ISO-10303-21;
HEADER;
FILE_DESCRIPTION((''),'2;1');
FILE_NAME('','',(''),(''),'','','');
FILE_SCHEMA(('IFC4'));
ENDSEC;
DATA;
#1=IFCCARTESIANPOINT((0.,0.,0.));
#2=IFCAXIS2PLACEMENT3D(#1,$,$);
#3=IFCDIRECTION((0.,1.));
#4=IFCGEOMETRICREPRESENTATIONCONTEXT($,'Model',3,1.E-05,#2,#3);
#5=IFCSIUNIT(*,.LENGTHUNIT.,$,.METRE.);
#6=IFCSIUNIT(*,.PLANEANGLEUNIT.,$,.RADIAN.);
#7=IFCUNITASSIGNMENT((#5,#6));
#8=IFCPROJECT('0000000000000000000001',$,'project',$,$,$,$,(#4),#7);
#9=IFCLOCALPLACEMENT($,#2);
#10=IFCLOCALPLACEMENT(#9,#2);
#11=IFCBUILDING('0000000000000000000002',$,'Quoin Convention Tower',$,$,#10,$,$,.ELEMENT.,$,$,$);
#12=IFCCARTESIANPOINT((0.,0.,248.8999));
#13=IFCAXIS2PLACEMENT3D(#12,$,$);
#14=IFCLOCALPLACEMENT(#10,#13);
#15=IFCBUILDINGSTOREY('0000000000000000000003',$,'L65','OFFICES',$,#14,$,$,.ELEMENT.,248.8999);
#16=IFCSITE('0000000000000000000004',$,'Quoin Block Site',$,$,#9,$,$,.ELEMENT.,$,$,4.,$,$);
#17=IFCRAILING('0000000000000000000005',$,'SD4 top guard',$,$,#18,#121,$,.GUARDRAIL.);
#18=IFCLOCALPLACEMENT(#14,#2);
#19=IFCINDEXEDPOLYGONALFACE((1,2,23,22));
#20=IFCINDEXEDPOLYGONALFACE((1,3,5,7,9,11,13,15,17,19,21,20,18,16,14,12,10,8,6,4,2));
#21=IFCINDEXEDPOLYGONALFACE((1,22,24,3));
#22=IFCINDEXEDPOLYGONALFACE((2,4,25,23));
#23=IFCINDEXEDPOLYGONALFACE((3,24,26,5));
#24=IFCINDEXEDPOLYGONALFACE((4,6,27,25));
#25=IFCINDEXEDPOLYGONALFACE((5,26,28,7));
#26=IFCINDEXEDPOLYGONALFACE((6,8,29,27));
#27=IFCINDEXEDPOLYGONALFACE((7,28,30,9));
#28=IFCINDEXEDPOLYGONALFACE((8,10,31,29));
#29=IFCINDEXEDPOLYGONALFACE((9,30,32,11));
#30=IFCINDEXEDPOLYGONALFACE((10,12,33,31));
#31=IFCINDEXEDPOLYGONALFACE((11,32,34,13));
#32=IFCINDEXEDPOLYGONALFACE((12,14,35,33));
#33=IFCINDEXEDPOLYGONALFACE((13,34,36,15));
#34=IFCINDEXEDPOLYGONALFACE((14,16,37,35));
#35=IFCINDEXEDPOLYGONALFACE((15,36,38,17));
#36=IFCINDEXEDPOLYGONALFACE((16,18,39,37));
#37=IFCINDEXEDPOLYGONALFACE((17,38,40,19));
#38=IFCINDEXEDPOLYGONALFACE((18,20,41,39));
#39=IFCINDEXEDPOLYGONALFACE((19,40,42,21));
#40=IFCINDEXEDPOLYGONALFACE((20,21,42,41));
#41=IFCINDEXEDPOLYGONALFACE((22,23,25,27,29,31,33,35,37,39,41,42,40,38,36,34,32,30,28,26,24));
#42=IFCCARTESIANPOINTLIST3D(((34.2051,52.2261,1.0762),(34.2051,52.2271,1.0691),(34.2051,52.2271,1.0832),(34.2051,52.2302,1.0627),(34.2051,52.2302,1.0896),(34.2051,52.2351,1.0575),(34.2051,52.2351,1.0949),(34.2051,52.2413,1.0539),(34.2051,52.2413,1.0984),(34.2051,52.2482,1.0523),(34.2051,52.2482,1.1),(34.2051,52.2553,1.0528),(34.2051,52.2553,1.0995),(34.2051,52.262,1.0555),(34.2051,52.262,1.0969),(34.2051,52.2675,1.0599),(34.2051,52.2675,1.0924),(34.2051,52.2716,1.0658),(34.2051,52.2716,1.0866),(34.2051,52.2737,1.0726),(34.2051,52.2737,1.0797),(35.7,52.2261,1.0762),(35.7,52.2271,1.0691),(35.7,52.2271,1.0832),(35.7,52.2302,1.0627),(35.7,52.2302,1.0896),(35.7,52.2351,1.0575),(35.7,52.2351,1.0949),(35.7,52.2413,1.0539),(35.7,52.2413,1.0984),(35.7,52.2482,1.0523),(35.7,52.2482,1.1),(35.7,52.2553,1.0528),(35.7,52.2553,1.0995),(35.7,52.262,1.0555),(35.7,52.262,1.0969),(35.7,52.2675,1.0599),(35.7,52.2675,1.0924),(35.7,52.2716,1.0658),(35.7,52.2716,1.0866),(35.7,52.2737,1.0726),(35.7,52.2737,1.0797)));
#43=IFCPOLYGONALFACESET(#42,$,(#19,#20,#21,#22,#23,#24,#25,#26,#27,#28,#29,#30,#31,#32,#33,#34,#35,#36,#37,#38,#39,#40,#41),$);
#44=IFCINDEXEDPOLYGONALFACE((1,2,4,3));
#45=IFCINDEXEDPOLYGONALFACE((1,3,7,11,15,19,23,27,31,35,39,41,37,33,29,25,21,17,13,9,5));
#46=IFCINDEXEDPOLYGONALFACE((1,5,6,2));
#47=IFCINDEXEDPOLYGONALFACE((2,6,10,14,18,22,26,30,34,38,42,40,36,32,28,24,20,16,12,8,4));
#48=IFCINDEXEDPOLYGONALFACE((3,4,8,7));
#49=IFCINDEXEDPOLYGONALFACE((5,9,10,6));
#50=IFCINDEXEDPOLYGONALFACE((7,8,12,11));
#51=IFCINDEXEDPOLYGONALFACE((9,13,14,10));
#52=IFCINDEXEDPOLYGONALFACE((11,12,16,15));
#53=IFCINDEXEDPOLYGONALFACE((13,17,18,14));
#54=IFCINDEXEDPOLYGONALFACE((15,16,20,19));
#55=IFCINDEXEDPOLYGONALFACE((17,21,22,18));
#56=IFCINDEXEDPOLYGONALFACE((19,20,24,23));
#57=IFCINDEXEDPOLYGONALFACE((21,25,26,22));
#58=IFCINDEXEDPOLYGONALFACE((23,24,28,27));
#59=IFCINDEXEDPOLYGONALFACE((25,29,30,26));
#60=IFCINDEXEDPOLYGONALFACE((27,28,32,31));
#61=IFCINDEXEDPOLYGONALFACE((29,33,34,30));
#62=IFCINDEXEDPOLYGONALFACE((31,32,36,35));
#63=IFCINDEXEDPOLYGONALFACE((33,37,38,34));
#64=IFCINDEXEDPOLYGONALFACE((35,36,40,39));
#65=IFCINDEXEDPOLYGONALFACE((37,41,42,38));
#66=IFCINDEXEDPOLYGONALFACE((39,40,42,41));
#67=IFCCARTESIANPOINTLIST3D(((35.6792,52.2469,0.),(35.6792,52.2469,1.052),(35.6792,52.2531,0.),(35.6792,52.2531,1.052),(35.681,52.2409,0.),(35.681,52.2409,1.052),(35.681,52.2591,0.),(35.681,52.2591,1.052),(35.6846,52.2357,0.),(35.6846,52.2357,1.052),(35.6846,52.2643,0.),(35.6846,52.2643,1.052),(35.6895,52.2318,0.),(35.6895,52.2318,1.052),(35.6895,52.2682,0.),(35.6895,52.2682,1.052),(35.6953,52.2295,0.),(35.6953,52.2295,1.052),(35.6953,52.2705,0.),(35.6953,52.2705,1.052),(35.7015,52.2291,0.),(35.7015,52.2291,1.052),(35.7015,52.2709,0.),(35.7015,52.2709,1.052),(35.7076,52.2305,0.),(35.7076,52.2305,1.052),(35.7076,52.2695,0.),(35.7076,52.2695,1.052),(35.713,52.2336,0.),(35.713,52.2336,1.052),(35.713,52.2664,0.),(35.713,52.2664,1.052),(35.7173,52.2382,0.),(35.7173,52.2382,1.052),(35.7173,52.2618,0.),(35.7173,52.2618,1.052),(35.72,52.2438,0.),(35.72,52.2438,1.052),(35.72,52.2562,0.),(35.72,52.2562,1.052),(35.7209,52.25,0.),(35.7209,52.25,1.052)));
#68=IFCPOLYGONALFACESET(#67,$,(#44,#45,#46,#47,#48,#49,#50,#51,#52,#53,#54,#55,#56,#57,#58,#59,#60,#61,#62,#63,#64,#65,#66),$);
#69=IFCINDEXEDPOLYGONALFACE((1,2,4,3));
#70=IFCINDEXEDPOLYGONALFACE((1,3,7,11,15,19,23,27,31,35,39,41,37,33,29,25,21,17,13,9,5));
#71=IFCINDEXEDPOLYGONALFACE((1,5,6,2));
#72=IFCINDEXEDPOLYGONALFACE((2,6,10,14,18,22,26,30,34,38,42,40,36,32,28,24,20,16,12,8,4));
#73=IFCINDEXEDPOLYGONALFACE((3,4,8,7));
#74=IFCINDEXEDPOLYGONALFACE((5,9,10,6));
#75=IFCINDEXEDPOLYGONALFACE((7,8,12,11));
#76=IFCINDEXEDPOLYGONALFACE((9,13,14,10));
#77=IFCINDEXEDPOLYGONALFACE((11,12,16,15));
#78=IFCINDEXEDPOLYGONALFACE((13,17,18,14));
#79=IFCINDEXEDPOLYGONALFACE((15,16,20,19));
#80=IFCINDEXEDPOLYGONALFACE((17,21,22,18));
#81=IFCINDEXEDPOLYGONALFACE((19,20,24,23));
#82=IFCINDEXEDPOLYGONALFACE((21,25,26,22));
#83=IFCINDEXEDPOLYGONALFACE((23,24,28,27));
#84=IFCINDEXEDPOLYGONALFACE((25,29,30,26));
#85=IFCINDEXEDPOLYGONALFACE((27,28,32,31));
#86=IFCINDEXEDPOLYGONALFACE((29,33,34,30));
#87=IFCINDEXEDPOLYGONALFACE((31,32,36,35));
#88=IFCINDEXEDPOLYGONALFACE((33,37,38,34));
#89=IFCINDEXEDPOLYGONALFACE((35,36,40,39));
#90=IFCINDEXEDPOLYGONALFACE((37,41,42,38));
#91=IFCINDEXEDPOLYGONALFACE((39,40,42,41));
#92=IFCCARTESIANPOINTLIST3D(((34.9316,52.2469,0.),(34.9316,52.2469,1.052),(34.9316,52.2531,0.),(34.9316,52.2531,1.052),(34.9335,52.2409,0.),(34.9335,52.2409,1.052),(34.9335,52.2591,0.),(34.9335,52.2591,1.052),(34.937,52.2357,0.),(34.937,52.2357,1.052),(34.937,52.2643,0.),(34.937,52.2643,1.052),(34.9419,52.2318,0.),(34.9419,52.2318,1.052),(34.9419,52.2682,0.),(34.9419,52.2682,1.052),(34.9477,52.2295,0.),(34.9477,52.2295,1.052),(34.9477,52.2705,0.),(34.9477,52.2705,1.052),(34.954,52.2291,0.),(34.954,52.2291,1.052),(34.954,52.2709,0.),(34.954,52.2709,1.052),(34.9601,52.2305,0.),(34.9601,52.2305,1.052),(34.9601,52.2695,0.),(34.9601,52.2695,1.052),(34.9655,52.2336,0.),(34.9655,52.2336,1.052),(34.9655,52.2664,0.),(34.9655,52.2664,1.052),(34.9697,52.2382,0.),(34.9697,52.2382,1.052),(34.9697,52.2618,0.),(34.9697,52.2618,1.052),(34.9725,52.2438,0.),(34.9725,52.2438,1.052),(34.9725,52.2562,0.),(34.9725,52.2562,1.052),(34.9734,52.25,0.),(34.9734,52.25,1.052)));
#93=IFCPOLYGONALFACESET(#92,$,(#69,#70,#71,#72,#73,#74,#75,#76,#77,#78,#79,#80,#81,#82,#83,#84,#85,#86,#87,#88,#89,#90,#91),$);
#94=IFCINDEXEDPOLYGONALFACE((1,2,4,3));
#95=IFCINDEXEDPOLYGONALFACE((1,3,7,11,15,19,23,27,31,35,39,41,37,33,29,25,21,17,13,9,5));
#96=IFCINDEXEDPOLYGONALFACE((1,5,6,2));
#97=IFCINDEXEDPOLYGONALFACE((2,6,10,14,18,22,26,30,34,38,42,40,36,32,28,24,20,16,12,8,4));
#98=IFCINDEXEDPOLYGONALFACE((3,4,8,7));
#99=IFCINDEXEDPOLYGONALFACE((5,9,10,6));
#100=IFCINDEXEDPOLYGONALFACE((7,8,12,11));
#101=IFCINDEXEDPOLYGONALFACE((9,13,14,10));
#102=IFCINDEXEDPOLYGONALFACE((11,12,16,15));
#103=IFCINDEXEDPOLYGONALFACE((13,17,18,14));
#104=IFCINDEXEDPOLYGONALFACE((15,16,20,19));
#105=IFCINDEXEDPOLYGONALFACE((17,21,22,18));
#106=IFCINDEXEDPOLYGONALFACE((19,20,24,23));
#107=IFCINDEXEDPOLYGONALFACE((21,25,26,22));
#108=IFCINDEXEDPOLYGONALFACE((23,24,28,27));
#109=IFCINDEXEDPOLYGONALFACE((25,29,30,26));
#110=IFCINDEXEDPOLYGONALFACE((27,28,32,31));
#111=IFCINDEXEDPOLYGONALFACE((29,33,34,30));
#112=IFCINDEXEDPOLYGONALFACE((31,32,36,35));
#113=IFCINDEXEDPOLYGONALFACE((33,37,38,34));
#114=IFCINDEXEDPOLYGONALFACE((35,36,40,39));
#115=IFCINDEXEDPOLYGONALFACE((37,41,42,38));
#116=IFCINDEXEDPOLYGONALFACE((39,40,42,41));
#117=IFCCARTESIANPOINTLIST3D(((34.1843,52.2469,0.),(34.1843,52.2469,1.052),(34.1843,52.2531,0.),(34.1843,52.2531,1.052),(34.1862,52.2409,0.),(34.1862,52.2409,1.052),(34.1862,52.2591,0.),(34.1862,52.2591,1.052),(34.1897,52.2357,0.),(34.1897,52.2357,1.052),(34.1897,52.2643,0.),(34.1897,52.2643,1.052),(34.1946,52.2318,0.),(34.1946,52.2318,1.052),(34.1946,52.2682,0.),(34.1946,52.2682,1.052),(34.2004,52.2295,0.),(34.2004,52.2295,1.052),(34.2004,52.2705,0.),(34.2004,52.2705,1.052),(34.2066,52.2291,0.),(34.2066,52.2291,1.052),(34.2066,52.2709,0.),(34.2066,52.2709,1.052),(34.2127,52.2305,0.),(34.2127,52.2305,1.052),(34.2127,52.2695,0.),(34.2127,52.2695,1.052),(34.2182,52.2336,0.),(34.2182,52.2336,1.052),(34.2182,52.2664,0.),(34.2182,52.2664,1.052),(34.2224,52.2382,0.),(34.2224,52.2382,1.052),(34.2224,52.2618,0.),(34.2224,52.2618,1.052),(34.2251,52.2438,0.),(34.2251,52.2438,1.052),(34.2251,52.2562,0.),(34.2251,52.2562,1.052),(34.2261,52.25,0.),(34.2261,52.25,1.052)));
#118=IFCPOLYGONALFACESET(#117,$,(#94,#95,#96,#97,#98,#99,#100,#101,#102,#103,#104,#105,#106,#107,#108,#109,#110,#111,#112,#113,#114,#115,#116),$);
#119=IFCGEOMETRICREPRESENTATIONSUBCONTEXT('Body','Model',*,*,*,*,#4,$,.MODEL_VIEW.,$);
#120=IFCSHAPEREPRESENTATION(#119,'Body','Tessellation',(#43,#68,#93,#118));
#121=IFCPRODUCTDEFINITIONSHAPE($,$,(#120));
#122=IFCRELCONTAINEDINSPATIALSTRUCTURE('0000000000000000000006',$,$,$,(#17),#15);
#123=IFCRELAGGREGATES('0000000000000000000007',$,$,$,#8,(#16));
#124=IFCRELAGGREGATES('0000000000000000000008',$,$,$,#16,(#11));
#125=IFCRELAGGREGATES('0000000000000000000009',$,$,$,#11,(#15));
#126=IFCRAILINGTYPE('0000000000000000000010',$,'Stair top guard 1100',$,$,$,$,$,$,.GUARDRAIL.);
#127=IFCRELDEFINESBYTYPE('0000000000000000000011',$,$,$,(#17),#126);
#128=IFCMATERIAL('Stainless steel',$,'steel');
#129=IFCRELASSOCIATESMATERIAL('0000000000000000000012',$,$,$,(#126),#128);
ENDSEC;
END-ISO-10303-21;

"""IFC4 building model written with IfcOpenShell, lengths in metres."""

from ifc_helpers import new_model, si_unit, direction, frame, origin, origin_2d, place, context, subcontext, project, spatial, circle, extrude, material, type_object, element, save


model = new_model("IFC4")

# Units and contexts
model_context = context("Model", 3, precision=1e-05, world=origin(), true_north=direction((0.0, 1.0)))
body_context = subcontext(model_context, "Body", "Model", "MODEL_VIEW")
ifc_project = project(units=[si_unit("LENGTHUNIT", "METRE"), si_unit("PLANEANGLEUNIT", "RADIAN")], contexts=[model_context])

# Site, building, storey
site_placement = place(None, origin())
site = spatial("IfcSite", under=ifc_project, at=site_placement, Name="Quoin Block Site", CompositionType="ELEMENT", RefElevation=4.0)
building_placement = place(site_placement, origin())
building = spatial("IfcBuilding", under=site, at=building_placement, Name="Quoin Convention Tower", CompositionType="ELEMENT")
storey_placement = place(building_placement, frame((0.0, 0.0, 248.8999)))
storey = spatial("IfcBuildingStorey", under=building, at=storey_placement, Name="L65", Description="OFFICES", CompositionType="ELEMENT", Elevation=248.8999)

# Railing
ifc_material_1 = material(Name="Stainless steel", Category="steel")
railing_type_1 = type_object("IfcRailingType", Name="Stair top guard 1100", PredefinedType="GUARDRAIL", material=ifc_material_1)
railing_1_placement = place(storey_placement, frame((35.7, 52.25, 0.0)))
element("IfcRailing", 1, at=railing_1_placement, inside=storey, type_object=railing_type_1, Name="SD4 top guard", PredefinedType="GUARDRAIL", context=body_context, shape_type="SweptSolid", body=[
    extrude(circle(Radius=0.0239, at=origin_2d()), frame((0.0, 0.0, 1.0762), z_axis=(-1.0, 0.0, 0.0), x_axis=(0.0, -1.0, 0.0)), (0.0, 0.0, 1.0), 1.4949),
    extrude(circle(Radius=0.021, at=origin_2d()), origin(), (0.0, 0.0, 1.0), 1.052),
    extrude(circle(Radius=0.021, at=origin_2d()), frame((-0.7476, 0.0, 0.0)), (0.0, 0.0, 1.0), 1.052),
    extrude(circle(Radius=0.021, at=origin_2d()), frame((-1.4949, 0.0, 0.0)), (0.0, 0.0, 1.0), 1.052),
])

save(model, "model.ifc")
